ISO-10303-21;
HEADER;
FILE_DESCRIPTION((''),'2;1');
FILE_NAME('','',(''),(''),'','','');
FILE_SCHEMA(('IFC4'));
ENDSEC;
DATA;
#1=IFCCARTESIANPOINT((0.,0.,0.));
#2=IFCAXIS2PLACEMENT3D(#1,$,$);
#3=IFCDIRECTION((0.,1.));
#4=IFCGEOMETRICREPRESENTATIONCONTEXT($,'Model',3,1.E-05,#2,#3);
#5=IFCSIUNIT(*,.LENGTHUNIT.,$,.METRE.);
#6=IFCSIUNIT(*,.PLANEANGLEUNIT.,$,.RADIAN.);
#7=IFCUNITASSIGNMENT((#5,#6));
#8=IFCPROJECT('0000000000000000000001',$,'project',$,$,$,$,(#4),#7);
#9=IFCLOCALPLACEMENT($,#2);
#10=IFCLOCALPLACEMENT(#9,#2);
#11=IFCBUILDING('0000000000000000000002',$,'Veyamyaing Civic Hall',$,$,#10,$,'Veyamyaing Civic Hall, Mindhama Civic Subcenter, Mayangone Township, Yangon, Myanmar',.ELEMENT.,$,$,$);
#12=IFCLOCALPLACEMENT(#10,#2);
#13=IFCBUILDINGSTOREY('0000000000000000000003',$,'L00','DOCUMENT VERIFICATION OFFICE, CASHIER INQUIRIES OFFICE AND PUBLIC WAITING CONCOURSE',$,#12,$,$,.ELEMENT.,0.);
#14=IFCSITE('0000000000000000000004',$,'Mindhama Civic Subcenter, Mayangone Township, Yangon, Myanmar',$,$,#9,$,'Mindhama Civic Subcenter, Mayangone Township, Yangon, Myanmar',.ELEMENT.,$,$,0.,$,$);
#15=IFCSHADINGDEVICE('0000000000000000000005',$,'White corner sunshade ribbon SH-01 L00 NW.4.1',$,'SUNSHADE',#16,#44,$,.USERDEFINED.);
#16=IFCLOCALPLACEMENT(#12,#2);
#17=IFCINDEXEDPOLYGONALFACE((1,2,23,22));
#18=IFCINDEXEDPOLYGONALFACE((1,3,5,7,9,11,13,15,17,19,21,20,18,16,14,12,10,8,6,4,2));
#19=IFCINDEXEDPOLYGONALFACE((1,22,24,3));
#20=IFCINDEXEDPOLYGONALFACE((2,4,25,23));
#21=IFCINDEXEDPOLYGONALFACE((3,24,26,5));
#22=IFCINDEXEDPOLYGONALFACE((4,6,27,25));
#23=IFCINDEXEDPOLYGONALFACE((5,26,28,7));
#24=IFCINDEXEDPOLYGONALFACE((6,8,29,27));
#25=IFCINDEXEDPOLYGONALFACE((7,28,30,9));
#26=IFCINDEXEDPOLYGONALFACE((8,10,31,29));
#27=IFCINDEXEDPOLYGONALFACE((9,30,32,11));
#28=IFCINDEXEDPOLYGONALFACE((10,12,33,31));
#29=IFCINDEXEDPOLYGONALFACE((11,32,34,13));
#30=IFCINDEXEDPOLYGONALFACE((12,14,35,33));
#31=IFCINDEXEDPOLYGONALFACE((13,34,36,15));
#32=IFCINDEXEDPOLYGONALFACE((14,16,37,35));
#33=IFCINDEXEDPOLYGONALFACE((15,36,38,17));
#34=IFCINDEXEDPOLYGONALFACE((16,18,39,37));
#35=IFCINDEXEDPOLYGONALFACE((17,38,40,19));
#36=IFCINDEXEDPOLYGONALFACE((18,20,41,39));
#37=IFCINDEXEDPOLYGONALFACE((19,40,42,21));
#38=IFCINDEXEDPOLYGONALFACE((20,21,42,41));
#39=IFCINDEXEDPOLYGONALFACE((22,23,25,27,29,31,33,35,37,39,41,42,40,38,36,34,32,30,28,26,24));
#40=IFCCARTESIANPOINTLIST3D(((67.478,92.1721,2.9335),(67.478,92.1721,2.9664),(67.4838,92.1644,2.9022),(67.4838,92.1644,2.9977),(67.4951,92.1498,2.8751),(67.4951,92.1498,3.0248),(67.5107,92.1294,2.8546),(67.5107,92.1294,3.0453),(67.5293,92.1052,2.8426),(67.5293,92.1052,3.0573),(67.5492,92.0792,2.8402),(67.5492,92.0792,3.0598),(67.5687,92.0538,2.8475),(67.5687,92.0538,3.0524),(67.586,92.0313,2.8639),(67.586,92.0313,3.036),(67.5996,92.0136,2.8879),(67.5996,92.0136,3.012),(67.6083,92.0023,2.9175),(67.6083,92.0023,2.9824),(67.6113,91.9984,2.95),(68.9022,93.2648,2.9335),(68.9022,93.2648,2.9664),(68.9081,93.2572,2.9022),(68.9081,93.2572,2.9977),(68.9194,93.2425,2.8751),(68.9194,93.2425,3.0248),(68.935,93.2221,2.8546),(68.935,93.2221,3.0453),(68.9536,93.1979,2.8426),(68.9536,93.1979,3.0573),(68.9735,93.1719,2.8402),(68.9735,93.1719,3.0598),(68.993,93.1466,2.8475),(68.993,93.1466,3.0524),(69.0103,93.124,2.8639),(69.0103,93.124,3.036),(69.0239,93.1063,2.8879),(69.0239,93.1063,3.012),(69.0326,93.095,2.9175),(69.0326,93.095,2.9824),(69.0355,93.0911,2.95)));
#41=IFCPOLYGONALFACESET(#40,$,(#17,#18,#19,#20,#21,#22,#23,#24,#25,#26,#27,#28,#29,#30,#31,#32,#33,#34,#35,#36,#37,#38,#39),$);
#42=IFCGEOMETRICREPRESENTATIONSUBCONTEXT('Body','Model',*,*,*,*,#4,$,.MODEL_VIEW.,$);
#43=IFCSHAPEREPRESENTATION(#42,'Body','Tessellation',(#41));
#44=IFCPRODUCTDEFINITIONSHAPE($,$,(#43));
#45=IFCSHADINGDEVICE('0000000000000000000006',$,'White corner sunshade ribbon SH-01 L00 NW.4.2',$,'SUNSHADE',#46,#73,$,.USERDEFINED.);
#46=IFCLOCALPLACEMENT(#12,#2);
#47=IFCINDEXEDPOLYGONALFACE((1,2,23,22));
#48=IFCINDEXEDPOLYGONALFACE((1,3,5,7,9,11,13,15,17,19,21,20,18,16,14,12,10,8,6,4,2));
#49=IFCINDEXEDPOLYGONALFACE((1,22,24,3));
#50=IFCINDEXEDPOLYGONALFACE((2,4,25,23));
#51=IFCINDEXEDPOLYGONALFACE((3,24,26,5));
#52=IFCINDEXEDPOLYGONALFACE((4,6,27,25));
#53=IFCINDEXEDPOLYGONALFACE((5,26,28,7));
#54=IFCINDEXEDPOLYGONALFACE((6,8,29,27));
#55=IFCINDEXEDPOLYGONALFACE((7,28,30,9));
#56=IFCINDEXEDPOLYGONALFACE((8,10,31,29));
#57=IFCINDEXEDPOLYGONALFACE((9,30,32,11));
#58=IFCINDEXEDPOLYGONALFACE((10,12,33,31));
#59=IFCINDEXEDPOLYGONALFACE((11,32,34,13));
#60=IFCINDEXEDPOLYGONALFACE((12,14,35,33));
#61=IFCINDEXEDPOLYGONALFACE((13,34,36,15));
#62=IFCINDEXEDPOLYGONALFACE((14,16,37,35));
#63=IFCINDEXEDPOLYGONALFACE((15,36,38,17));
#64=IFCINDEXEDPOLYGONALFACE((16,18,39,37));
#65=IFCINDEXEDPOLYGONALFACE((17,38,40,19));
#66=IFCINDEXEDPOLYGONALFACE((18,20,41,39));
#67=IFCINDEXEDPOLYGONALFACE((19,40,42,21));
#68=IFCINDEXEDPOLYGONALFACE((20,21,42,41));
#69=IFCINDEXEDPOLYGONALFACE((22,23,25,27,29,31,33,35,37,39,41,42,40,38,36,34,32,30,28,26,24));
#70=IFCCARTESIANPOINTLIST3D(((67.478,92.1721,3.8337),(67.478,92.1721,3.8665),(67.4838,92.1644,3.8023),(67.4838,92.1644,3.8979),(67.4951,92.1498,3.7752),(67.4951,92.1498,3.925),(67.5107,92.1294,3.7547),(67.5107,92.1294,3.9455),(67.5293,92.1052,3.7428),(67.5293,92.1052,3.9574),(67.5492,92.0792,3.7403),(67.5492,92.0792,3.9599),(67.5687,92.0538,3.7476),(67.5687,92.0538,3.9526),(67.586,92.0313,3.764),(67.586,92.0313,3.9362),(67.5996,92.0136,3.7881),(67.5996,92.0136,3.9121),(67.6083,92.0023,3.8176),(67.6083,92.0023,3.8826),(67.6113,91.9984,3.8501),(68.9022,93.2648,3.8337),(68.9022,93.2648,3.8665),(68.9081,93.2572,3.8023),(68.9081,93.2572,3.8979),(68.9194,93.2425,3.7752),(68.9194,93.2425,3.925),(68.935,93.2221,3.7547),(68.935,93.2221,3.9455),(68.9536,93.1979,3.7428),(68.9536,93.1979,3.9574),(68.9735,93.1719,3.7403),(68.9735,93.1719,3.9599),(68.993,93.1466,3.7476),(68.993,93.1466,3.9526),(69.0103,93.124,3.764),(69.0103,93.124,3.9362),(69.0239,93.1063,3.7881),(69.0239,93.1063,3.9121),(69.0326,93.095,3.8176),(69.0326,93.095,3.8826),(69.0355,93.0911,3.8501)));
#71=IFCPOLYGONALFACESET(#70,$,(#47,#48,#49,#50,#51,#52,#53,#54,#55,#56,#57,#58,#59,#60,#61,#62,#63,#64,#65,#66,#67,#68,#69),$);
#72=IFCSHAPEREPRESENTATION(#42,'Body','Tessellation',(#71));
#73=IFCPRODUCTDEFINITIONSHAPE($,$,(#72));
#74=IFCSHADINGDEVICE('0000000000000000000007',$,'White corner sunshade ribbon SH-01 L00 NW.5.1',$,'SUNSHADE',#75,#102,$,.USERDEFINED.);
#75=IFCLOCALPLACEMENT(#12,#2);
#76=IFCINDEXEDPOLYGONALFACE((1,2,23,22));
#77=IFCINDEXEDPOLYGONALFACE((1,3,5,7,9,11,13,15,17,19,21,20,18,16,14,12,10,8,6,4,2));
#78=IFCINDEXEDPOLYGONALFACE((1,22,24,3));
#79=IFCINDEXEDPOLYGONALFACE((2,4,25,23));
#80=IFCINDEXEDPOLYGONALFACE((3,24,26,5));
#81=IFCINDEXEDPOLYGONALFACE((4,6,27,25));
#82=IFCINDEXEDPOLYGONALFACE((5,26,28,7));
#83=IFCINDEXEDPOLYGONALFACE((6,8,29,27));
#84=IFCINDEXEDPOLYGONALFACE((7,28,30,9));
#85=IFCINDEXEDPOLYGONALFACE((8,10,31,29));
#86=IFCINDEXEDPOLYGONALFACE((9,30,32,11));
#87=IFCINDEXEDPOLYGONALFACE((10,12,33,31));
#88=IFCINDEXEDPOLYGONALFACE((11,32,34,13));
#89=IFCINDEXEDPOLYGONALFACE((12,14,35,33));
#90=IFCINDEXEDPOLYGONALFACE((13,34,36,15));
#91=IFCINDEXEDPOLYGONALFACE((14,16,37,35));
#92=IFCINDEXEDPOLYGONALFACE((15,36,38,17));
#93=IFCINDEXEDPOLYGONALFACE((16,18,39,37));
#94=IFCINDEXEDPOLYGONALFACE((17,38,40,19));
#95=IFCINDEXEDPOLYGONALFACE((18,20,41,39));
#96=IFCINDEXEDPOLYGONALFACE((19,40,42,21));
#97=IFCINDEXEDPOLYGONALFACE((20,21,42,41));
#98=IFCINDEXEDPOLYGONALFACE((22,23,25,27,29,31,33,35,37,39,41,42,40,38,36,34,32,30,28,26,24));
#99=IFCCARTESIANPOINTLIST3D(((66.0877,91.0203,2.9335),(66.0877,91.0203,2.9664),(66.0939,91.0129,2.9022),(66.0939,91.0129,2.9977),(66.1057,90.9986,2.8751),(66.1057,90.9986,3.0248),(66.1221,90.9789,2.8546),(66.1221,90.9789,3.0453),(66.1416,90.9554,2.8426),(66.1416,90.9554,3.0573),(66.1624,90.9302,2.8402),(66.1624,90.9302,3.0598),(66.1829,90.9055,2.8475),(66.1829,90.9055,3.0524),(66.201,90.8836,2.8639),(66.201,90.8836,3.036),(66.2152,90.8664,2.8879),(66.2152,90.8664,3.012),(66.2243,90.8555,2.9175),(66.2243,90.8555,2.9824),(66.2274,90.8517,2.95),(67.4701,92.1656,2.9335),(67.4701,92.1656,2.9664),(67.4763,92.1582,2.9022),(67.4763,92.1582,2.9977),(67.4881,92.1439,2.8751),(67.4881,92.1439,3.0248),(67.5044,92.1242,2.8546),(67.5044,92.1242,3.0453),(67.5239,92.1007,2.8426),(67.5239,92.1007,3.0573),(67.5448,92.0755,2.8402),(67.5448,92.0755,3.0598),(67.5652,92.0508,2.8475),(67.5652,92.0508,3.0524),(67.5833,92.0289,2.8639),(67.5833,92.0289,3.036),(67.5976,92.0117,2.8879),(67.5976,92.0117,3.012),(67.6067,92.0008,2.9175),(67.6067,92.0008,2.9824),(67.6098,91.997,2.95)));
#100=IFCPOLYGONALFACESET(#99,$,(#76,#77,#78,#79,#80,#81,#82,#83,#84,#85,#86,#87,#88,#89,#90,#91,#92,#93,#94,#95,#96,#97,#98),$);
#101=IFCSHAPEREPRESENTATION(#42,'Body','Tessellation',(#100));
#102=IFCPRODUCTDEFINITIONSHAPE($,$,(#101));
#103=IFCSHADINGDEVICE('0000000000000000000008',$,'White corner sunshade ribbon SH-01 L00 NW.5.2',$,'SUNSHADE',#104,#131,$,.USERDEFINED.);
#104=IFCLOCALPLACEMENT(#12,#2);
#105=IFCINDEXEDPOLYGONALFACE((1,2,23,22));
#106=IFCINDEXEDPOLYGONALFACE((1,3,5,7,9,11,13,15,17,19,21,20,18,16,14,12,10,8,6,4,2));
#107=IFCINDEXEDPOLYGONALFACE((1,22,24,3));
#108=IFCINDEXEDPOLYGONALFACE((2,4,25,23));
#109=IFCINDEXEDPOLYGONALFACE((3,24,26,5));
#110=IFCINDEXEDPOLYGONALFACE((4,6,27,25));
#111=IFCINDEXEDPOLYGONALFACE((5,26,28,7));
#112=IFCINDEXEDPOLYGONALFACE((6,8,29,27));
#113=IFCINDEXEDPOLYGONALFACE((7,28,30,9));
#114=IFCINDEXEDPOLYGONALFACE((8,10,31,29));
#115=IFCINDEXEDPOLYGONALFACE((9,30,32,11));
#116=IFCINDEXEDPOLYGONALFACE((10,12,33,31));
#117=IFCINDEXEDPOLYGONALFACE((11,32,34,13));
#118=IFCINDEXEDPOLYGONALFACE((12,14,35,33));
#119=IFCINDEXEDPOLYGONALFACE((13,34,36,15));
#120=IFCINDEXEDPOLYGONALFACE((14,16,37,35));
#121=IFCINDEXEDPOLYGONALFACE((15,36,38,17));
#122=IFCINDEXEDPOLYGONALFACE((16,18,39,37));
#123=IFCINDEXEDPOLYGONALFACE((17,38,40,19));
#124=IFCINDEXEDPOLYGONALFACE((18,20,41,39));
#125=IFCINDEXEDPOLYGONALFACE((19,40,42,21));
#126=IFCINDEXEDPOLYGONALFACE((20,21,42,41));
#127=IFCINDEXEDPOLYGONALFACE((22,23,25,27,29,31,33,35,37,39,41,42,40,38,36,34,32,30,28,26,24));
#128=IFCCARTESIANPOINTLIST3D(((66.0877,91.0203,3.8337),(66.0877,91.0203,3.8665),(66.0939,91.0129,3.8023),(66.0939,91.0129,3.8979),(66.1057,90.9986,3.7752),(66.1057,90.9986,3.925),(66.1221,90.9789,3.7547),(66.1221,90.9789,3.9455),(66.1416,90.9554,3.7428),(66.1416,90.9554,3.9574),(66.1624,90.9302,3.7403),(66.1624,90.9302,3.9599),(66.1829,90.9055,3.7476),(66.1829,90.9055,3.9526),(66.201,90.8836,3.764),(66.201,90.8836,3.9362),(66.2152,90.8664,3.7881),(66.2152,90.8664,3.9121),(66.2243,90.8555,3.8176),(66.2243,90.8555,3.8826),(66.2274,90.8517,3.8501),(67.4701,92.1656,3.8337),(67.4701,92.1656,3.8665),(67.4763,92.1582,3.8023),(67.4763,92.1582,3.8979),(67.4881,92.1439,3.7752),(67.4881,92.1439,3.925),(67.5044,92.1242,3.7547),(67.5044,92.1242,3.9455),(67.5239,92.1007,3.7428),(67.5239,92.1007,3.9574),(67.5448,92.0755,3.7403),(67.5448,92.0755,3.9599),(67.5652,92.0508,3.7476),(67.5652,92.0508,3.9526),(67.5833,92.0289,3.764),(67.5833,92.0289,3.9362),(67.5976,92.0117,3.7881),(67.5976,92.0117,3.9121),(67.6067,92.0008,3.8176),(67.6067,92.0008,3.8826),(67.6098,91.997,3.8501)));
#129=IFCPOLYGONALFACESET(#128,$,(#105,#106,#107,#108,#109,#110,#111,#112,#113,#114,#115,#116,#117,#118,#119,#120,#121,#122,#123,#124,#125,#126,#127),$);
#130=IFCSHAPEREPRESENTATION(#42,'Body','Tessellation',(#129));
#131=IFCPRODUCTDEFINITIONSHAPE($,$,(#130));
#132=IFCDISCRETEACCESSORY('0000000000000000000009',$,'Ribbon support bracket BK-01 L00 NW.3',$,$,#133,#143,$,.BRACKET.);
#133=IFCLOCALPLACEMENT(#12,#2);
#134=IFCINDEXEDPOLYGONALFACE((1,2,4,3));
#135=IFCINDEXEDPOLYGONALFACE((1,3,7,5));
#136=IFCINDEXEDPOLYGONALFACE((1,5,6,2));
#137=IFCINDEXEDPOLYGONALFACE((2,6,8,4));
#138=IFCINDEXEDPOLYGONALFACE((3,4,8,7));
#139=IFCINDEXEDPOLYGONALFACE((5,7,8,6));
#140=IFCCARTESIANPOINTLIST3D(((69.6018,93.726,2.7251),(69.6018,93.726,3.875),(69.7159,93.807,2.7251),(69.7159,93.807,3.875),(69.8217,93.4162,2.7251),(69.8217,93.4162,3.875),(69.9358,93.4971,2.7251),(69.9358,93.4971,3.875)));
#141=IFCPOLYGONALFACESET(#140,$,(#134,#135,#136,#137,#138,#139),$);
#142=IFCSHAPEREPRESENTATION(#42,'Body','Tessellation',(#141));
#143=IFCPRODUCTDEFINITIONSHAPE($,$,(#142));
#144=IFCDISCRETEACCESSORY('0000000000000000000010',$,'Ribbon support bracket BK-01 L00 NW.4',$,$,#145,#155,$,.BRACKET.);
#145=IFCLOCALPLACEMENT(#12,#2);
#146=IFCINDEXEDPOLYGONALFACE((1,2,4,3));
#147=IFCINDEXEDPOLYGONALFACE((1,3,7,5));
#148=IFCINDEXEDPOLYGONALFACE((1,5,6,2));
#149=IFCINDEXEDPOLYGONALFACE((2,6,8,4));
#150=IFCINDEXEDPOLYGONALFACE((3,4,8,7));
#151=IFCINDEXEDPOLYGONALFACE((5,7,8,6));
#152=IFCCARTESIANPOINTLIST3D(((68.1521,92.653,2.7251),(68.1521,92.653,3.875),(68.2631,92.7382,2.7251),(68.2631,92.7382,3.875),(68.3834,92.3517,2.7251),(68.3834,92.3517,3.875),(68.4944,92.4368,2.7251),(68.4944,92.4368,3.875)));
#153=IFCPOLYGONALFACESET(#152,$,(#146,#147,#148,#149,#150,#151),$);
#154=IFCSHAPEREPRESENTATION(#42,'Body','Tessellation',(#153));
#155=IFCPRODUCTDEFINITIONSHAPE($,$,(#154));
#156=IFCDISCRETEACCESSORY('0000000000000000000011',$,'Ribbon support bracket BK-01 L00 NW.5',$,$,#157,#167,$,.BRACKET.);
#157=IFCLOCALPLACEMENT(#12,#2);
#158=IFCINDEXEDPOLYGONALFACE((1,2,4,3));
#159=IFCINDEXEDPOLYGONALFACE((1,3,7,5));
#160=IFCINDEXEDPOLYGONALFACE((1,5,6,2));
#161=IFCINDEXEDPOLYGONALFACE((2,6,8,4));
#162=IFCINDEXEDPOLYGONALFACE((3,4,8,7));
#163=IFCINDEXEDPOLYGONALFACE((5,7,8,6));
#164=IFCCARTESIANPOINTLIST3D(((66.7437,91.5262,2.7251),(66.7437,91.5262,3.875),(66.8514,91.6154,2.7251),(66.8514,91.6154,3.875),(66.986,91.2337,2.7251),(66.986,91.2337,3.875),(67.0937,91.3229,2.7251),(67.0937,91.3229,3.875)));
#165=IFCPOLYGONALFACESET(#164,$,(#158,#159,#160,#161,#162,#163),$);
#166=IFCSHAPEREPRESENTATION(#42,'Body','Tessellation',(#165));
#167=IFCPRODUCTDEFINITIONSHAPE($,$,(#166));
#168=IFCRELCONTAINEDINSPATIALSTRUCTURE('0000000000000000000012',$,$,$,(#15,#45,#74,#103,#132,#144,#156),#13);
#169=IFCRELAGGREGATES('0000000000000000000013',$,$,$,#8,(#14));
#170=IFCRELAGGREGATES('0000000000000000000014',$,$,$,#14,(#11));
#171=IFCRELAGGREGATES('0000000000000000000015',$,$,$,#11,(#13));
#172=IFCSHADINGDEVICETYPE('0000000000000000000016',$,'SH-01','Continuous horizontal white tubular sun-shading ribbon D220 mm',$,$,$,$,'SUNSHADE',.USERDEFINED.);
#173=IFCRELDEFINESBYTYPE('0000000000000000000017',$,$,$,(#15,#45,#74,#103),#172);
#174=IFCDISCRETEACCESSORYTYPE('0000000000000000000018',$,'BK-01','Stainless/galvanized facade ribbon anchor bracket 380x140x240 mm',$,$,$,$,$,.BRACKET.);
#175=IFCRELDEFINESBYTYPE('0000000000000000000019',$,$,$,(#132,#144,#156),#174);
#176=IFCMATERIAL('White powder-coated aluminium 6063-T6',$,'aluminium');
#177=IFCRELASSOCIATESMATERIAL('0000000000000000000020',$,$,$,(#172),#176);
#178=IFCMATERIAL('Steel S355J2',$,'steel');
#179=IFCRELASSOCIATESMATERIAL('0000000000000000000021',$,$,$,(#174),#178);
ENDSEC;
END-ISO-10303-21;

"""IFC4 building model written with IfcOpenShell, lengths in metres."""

from ifc_helpers import new_model, si_unit, direction, frame, origin, origin_2d, place, context, subcontext, project, spatial, rectangle, circle, extrude, material, material_profile, profile_set, type_object, element, save


model = new_model("IFC4")

# Units and contexts
model_context = context("Model", 3, precision=1e-05, world=origin(), true_north=direction((0.0, 1.0)))
body_context = subcontext(model_context, "Body", "Model", "MODEL_VIEW")
ifc_project = project(units=[si_unit("LENGTHUNIT", "METRE"), si_unit("PLANEANGLEUNIT", "RADIAN")], contexts=[model_context])

# Site, building, storey
site_placement = place(None, origin())
site = spatial("IfcSite", under=ifc_project, at=site_placement, Name="Mindhama Civic Subcenter, Mayangone Township, Yangon, Myanmar", LongName="Mindhama Civic Subcenter, Mayangone Township, Yangon, Myanmar", CompositionType="ELEMENT", RefElevation=0.0)
building_placement = place(site_placement, origin())
building = spatial("IfcBuilding", under=site, at=building_placement, Name="Veyamyaing Civic Hall", LongName="Veyamyaing Civic Hall, Mindhama Civic Subcenter, Mayangone Township, Yangon, Myanmar", CompositionType="ELEMENT")
storey_placement = place(building_placement, origin())
storey = spatial("IfcBuildingStorey", under=building, at=storey_placement, Name="L00", Description="DOCUMENT VERIFICATION OFFICE, CASHIER INQUIRIES OFFICE AND PUBLIC WAITING CONCOURSE", CompositionType="ELEMENT", Elevation=0.0)

# Shared definitions
ifc_material_1 = material(Name="White powder-coated aluminium 6063-T6", Category="aluminium")

# Shading devices
ifc_material_profile = material_profile(ifc_material_1, circle(Radius=0.1101, at=origin_2d()), Name="SHADE-TUBE-220")
ifc_profile_set = profile_set([ifc_material_profile], Name="White powder-coated aluminium 6063-T6")
shading_device_type = type_object("IfcShadingDeviceType", Name="SH-01", Description="Continuous horizontal white tubular sun-shading ribbon D220 mm", ElementType="SUNSHADE", PredefinedType="USERDEFINED", material=ifc_profile_set)
for number, where, z_axis, x_axis, name in (
    (1, (68.9685, 93.1785, 2.95), (-0.793392, -0.608711, 0.0), (0.608711, -0.793392, 0.0), "White corner sunshade ribbon SH-01 L00 NW.4.1"),
    (2, (68.9685, 93.1785, 3.8501), (-0.793392, -0.608711, 0.0), (0.608711, -0.793392, 0.0), "White corner sunshade ribbon SH-01 L00 NW.4.2"),
    (3, (67.5396, 92.0818, 2.95), (-0.770046, -0.637988, 0.0), (0.637988, -0.770046, 0.0), "White corner sunshade ribbon SH-01 L00 NW.5.1"),
    (4, (67.5396, 92.0818, 3.8501), (-0.770046, -0.637988, 0.0), (0.637988, -0.770046, 0.0), "White corner sunshade ribbon SH-01 L00 NW.5.2"),
):
    element("IfcShadingDevice", number, at=place(storey_placement, frame(where, z_axis=z_axis, x_axis=x_axis)), inside=storey, type_object=shading_device_type, Name=name, ObjectType="SUNSHADE", PredefinedType="USERDEFINED", context=body_context, shape_type="SweptSolid", body=[
        extrude(circle(Radius=0.1101, at=origin_2d()), origin(), (0.0, 0.0, 1.0), 1.7952),
    ])

# Discrete accessories
ifc_material_2 = material(Name="Steel S355J2", Category="steel")
discrete_accessory_type = type_object("IfcDiscreteAccessoryType", Name="BK-01", Description="Stainless/galvanized facade ribbon anchor bracket 380x140x240 mm", PredefinedType="BRACKET", material=ifc_material_2)
for number, where, z_axis, x_axis, name in (
    (5, (69.7688, 93.6116, 2.7251), (0.0, 0.0, 1.0), (-0.578671, 0.815561, 0.0), "Ribbon support bracket BK-01 L00 NW.3"),
    (6, (68.3232, 92.5449, 2.7251), (0.0, 0.0, 1.0), (-0.608761, 0.793353, 0.0), "Ribbon support bracket BK-01 L00 NW.4"),
    (7, (66.9187, 91.4246, 2.7251), (0.0, 0.0, 1.0), (-0.638, 0.770036, 0.0), "Ribbon support bracket BK-01 L00 NW.5"),
):
    element("IfcDiscreteAccessory", number, at=place(storey_placement, frame(where, z_axis=z_axis, x_axis=x_axis)), inside=storey, type_object=discrete_accessory_type, Name=name, PredefinedType="BRACKET", context=body_context, shape_type="SweptSolid", body=[
        extrude(rectangle(XDim=0.3799, YDim=0.1399, at=origin_2d()), origin(), (0.0, 0.0, 1.0), 1.1499),
    ])

save(model, "model.ifc")
